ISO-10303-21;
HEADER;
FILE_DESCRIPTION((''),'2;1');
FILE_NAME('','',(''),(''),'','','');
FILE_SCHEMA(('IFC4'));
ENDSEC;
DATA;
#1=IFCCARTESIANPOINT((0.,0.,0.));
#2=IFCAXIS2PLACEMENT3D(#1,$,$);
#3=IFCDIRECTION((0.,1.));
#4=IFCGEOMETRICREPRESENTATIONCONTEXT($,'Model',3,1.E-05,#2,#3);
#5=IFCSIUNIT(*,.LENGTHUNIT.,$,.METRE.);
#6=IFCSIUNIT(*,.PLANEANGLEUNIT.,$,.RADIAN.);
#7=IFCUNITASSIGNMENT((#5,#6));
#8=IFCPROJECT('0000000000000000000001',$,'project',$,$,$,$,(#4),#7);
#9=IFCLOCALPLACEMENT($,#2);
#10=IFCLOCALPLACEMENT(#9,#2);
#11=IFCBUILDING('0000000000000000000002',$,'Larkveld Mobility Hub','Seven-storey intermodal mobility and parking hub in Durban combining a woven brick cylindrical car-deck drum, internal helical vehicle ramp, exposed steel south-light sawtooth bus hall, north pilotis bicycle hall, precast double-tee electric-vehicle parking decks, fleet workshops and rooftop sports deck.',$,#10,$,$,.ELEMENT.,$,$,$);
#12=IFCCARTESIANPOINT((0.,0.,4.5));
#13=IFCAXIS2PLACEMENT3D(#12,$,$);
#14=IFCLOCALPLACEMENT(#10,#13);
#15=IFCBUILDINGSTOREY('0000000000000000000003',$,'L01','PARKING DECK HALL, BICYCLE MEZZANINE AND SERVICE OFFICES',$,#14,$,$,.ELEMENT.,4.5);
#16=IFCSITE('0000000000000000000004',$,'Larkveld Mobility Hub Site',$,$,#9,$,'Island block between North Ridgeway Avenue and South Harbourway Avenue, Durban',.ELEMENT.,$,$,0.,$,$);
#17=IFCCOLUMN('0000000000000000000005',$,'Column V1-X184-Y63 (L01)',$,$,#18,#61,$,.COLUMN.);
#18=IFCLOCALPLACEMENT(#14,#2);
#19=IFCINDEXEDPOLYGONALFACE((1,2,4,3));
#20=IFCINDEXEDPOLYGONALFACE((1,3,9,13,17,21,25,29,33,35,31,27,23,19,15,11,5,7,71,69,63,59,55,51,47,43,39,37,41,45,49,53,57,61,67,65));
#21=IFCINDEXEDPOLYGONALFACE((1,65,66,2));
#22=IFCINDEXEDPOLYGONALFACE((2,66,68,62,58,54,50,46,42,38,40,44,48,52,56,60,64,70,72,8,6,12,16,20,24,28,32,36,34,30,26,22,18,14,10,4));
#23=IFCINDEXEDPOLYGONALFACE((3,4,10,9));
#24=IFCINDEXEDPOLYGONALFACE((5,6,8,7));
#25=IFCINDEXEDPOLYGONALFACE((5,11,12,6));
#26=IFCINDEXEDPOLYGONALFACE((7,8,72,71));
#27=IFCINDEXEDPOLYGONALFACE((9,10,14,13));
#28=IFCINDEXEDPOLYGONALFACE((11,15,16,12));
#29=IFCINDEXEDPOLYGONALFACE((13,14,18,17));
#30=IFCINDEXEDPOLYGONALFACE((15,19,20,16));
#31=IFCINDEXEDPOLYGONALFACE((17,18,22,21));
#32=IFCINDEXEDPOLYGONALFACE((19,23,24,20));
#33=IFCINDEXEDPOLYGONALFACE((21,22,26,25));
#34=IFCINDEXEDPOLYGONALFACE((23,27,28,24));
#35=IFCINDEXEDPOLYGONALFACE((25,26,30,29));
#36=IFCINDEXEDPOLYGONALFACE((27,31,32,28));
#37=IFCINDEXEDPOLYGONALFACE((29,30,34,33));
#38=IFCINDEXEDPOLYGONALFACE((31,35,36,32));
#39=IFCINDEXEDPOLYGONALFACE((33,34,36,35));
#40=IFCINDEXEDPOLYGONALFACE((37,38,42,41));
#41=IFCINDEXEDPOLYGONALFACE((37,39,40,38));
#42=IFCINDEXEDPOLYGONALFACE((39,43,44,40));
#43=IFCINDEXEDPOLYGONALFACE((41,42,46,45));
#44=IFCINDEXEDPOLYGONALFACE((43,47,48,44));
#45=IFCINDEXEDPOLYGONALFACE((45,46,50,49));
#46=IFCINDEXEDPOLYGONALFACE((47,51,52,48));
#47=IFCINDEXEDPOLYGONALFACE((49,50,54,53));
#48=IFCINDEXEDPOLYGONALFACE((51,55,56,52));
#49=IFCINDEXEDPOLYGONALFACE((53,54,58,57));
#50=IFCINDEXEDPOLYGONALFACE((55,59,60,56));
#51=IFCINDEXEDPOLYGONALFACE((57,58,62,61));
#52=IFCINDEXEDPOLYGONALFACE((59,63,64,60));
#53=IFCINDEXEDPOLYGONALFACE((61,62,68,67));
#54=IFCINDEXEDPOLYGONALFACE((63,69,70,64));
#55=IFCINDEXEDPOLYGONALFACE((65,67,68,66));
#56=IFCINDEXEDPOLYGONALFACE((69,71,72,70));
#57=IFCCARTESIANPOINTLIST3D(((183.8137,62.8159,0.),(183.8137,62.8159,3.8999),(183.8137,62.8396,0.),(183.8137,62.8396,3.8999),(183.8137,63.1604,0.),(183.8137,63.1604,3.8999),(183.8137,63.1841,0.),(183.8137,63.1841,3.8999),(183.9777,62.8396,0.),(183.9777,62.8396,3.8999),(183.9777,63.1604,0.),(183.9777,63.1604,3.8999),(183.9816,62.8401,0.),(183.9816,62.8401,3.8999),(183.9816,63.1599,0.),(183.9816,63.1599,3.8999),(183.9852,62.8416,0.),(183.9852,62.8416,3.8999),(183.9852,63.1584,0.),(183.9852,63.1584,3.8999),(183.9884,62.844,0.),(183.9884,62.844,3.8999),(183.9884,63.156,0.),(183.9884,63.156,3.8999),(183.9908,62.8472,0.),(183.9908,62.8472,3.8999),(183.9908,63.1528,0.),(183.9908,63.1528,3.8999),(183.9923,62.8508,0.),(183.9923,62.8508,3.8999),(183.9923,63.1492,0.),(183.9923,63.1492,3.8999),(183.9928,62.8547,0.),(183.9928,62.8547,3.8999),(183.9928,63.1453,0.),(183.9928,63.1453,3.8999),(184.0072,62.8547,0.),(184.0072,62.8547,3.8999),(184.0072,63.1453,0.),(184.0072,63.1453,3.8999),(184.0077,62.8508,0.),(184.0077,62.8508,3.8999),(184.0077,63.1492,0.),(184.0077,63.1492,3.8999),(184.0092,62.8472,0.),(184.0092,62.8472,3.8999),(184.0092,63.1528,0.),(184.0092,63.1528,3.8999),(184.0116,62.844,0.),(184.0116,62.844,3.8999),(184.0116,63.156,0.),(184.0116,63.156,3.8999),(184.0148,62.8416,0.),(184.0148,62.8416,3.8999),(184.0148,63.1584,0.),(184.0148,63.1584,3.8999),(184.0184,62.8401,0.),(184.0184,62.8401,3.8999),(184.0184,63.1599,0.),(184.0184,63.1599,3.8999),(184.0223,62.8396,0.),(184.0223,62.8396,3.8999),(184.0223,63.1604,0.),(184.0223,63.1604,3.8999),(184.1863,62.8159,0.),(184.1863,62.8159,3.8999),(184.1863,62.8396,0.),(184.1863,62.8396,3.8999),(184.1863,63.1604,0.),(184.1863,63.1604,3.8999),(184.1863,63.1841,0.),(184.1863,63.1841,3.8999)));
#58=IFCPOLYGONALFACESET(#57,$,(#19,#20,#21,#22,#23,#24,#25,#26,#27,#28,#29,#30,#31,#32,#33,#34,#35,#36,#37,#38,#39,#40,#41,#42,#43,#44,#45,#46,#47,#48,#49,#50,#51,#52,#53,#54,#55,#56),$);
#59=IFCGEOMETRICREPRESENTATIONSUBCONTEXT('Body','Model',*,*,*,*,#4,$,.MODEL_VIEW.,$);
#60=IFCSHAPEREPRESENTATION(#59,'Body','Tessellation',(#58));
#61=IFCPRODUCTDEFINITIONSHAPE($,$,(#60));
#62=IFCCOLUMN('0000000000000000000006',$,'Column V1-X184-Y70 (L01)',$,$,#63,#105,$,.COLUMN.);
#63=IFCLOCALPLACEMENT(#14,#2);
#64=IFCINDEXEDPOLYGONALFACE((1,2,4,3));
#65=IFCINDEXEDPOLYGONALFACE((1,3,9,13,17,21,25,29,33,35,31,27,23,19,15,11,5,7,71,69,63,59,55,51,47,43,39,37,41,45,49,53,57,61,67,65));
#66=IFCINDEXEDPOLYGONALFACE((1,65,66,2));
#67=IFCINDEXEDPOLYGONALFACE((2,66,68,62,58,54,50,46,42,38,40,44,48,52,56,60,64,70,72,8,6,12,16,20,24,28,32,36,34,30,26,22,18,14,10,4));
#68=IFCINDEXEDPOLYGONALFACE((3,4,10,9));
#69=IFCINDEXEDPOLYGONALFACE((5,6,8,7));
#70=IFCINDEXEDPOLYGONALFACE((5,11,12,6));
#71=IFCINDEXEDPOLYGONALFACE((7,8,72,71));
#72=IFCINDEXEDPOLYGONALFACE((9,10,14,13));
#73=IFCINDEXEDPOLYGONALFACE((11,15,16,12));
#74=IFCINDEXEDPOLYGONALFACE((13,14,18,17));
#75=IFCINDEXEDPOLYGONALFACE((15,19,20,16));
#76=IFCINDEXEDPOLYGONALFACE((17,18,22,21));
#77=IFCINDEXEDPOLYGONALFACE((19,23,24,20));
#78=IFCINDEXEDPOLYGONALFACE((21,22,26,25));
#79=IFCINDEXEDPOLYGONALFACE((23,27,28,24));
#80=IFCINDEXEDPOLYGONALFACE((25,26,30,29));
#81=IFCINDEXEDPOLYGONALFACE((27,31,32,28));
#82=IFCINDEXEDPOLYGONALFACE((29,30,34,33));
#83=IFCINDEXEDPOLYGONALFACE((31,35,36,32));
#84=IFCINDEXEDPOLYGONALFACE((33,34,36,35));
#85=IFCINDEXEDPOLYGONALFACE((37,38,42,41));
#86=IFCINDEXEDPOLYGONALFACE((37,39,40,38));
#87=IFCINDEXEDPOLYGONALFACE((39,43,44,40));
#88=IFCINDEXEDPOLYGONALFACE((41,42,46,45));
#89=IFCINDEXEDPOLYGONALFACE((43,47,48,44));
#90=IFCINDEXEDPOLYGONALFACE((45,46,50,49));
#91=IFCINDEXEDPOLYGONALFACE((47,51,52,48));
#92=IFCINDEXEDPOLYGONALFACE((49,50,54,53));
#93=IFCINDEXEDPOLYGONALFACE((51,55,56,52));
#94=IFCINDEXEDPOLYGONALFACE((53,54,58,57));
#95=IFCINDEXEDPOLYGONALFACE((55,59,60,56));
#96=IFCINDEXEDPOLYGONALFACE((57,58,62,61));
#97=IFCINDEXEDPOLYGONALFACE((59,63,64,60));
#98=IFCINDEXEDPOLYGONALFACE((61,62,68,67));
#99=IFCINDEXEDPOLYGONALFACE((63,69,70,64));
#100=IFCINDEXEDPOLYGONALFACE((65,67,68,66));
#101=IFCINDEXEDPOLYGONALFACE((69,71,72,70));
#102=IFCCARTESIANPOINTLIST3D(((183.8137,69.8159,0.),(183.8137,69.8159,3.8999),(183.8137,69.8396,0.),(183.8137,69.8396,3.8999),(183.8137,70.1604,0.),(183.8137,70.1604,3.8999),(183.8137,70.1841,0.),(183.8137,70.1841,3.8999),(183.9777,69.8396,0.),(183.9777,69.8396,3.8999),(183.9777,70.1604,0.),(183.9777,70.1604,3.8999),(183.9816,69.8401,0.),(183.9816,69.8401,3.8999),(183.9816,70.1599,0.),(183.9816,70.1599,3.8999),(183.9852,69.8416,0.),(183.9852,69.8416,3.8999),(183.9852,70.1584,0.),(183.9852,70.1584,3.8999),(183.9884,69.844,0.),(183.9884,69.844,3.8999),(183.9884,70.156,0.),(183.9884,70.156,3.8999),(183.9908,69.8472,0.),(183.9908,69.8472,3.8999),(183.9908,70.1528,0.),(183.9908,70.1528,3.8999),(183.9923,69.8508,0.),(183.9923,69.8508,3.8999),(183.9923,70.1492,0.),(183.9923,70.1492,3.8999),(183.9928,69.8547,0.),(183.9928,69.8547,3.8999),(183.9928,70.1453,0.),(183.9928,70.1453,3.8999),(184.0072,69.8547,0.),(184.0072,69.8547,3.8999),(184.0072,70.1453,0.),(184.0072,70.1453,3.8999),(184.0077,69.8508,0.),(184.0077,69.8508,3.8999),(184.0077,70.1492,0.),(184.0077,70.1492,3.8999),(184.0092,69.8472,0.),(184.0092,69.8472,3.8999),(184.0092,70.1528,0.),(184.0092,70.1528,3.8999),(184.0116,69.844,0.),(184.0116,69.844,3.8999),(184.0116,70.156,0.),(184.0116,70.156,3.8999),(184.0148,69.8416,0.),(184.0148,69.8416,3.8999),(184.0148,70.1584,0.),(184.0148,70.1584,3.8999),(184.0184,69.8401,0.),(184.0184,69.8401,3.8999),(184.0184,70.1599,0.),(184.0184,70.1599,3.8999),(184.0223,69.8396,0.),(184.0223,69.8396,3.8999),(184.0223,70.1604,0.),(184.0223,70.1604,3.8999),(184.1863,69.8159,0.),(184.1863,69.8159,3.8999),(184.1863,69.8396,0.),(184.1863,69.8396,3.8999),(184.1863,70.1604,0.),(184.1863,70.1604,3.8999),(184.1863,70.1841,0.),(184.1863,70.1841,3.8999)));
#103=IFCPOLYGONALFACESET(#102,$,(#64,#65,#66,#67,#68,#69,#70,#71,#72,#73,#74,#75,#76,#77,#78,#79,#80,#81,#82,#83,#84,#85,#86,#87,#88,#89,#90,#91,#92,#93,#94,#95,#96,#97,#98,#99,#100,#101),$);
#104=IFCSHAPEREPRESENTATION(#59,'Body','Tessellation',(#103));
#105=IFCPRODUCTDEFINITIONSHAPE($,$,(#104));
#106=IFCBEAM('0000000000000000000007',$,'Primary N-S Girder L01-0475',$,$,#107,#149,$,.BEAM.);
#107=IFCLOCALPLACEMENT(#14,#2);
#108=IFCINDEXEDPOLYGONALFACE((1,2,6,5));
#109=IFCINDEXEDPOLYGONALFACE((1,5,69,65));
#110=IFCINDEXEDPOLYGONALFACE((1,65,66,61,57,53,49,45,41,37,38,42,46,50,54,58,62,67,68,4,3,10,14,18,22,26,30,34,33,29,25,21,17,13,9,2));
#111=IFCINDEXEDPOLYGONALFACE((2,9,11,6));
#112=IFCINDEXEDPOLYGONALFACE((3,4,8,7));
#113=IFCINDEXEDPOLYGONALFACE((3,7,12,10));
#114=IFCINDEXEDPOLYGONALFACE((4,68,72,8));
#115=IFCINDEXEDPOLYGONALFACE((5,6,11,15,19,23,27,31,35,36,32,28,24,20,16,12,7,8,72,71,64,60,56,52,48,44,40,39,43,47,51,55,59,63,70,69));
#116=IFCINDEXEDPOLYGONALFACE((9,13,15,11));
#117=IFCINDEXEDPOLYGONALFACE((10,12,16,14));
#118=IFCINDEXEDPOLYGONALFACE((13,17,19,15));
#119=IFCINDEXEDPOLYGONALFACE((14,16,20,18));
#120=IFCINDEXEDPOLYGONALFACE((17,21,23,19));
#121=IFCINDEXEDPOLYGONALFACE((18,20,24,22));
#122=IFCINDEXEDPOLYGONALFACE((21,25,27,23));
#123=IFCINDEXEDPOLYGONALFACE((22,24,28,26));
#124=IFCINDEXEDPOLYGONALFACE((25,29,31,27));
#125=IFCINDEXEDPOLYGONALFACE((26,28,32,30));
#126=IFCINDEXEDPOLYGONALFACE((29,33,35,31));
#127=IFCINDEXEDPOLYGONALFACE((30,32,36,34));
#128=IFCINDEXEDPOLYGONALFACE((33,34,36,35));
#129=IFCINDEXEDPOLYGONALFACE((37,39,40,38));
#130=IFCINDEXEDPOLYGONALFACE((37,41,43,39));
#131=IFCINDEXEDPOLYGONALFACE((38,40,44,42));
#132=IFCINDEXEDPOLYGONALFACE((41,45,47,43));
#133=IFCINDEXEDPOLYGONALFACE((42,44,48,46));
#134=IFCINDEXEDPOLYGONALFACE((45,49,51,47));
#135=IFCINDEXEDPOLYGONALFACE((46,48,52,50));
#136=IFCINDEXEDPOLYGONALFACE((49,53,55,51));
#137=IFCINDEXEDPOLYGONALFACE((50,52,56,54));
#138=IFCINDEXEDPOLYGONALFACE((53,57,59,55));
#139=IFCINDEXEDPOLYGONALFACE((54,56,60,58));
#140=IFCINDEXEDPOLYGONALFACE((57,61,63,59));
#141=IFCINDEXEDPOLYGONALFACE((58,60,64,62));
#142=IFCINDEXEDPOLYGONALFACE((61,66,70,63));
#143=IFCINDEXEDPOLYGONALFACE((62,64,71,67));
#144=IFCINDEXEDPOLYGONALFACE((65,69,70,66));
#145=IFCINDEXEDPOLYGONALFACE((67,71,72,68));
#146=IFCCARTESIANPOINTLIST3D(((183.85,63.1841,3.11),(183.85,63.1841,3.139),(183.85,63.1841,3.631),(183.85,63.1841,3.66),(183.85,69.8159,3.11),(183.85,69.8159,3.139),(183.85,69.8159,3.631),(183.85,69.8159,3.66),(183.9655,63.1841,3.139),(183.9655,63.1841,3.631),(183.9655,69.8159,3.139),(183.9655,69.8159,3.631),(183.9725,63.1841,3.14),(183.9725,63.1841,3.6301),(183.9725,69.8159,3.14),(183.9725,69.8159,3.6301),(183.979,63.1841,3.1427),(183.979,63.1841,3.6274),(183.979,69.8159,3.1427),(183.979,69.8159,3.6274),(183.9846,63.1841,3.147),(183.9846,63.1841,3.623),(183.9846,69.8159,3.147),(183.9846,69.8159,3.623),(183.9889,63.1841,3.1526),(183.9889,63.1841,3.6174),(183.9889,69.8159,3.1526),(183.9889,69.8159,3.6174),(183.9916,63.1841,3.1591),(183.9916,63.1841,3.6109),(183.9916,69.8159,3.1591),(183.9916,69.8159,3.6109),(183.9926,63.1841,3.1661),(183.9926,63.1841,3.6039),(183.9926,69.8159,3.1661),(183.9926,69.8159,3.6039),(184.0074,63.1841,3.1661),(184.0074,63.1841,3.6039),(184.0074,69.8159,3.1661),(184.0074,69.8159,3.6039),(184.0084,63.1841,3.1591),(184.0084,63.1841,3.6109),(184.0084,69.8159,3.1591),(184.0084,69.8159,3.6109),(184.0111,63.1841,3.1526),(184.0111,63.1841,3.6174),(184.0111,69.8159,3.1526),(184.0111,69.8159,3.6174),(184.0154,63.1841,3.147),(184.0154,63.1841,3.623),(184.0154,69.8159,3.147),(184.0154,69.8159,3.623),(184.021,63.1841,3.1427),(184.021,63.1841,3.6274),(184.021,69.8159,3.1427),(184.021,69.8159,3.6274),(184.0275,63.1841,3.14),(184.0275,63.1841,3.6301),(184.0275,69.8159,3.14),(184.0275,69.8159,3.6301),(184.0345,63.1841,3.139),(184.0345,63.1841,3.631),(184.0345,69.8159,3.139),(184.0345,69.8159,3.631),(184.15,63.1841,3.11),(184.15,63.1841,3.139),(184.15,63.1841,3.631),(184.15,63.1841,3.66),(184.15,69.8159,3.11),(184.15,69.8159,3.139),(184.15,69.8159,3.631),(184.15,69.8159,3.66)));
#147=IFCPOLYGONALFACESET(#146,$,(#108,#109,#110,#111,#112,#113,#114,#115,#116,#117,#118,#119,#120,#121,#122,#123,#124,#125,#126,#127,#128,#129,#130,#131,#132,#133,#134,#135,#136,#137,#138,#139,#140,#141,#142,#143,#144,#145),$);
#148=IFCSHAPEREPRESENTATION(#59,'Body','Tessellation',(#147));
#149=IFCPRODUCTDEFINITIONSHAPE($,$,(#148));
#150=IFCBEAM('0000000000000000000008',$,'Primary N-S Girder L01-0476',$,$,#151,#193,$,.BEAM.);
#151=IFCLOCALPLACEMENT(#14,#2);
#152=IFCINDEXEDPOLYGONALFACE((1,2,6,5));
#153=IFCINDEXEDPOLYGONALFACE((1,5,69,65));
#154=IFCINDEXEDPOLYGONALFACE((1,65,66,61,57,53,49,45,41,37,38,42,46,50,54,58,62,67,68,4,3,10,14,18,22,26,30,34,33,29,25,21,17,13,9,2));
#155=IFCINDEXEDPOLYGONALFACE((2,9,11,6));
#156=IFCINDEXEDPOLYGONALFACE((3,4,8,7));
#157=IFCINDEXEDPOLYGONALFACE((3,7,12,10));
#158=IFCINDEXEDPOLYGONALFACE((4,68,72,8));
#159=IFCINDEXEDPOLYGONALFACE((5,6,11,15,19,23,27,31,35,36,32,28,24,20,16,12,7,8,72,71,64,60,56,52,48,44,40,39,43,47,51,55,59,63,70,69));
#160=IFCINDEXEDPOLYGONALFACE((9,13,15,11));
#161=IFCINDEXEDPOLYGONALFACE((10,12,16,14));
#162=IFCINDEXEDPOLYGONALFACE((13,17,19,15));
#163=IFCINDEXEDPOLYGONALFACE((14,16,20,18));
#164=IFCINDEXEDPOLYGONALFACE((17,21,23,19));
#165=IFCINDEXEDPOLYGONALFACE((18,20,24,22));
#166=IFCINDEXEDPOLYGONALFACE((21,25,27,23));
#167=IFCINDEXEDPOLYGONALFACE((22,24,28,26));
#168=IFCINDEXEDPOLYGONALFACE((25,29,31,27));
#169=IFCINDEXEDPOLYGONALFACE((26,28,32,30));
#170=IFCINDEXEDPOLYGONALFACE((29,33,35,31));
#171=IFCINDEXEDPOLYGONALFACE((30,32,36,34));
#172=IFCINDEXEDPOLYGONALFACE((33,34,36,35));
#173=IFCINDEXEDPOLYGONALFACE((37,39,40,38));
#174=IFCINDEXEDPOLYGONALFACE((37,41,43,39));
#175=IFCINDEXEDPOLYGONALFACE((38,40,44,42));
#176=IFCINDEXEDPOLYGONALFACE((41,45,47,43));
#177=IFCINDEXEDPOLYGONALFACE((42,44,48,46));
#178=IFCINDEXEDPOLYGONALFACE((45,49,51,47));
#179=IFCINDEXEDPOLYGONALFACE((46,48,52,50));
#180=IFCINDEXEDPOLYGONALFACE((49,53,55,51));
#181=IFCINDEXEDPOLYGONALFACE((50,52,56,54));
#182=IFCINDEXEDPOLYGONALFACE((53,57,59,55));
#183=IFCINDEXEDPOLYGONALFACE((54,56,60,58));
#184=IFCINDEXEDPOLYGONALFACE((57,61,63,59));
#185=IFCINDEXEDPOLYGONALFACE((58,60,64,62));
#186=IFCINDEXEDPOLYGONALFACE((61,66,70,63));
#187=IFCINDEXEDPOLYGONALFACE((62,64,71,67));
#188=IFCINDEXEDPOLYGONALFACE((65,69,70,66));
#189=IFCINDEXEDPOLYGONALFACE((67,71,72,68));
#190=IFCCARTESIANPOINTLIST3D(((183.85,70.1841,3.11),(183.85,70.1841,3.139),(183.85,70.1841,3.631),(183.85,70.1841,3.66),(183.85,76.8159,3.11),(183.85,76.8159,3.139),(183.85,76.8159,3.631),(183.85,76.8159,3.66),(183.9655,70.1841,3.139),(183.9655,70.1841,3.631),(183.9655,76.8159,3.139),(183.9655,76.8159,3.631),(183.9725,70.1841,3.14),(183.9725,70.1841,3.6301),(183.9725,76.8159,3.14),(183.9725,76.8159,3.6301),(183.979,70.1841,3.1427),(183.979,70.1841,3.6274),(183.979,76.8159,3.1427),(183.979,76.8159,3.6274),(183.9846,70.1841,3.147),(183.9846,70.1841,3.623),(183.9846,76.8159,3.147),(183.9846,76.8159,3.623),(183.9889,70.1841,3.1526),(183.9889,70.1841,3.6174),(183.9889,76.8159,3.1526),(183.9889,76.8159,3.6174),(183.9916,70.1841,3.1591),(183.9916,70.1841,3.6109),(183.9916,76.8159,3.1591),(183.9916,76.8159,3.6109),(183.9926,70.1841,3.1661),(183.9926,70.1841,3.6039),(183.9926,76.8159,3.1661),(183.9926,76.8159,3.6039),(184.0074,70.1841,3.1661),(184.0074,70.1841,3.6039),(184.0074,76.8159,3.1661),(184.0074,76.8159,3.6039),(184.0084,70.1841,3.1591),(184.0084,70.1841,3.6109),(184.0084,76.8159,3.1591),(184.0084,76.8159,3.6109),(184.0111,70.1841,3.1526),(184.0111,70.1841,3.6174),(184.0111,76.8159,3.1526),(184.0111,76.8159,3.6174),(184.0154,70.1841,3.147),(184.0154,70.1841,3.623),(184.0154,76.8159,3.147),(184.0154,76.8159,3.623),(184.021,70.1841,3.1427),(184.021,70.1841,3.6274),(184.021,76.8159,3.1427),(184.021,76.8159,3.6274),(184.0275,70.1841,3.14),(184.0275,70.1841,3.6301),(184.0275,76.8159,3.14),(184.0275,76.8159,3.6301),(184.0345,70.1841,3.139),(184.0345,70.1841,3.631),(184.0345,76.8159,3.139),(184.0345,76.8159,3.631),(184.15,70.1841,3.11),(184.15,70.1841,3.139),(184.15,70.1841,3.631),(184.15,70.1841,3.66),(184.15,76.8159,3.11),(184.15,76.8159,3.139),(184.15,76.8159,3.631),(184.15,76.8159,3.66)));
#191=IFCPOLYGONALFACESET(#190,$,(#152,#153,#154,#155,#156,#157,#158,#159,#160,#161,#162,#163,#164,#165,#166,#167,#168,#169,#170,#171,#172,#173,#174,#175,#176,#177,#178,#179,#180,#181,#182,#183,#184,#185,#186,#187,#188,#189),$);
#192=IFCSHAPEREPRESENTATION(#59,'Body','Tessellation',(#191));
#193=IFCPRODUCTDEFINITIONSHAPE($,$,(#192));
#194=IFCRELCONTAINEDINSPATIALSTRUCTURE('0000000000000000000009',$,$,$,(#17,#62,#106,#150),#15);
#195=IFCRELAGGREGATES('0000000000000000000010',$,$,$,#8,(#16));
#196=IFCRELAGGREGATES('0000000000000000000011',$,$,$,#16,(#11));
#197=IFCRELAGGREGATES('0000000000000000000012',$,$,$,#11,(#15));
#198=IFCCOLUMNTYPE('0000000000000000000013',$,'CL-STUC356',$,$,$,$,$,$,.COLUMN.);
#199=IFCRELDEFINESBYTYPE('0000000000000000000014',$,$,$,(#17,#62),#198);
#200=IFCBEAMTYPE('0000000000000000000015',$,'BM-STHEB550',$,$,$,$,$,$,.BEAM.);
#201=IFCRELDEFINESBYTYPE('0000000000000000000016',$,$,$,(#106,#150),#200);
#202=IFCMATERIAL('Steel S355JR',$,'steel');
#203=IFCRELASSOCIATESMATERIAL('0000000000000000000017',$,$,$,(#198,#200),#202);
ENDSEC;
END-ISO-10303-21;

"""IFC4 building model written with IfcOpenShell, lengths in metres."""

from ifc_helpers import new_model, si_unit, direction, frame, origin, origin_2d, place, context, subcontext, project, spatial, i_section, extrude, material, material_profile, profile_set, type_object, element, save


model = new_model("IFC4")

# Units and contexts
model_context = context("Model", 3, precision=1e-05, world=origin(), true_north=direction((0.0, 1.0)))
body_context = subcontext(model_context, "Body", "Model", "MODEL_VIEW")
ifc_project = project(units=[si_unit("LENGTHUNIT", "METRE"), si_unit("PLANEANGLEUNIT", "RADIAN")], contexts=[model_context])

# Site, building, storey
site_placement = place(None, origin())
site = spatial("IfcSite", under=ifc_project, at=site_placement, Name="Larkveld Mobility Hub Site", LongName="Island block between North Ridgeway Avenue and South Harbourway Avenue, Durban", CompositionType="ELEMENT", RefElevation=0.0)
building_placement = place(site_placement, origin())
building = spatial("IfcBuilding", under=site, at=building_placement, Name="Larkveld Mobility Hub", Description="Seven-storey intermodal mobility and parking hub in Durban combining a woven brick cylindrical car-deck drum, internal helical vehicle ramp, exposed steel south-light sawtooth bus hall, north pilotis bicycle hall, precast double-tee electric-vehicle parking decks, fleet workshops and rooftop sports deck.", CompositionType="ELEMENT")
storey_placement = place(building_placement, frame((0.0, 0.0, 4.5)))
storey = spatial("IfcBuildingStorey", under=building, at=storey_placement, Name="L01", Description="PARKING DECK HALL, BICYCLE MEZZANINE AND SERVICE OFFICES", CompositionType="ELEMENT", Elevation=4.5)

# Columns
ifc_material_1 = material(Name="Steel S355JR", Category="steel")
ifc_material_profile_1 = material_profile(ifc_material_1, i_section(OverallWidth=0.3726, OverallDepth=0.3682, WebThickness=0.0144, FlangeThickness=0.0237, FilletRadius=0.0151, at=origin_2d()), Name="UC 356x368x177")
ifc_profile_set_1 = profile_set([ifc_material_profile_1], Name="Steel S355JR")
column_type = type_object("IfcColumnType", Name="CL-STUC356", PredefinedType="COLUMN", material=ifc_profile_set_1)
for number, where, z_axis, x_axis, name in (
    (1, (184.0, 63.0, 0.0), (0.0, 0.0, 1.0), (1.0, 0.0, 0.0), "Column V1-X184-Y63 (L01)"),
    (2, (184.0, 70.0, 0.0), (0.0, 0.0, 1.0), (1.0, 0.0, 0.0), "Column V1-X184-Y70 (L01)"),
):
    element("IfcColumn", number, at=place(storey_placement, frame(where, z_axis=z_axis, x_axis=x_axis)), inside=storey, type_object=column_type, Name=name, PredefinedType="COLUMN", context=body_context, shape_type="SweptSolid", body=[
        extrude(i_section(OverallWidth=0.3726, OverallDepth=0.3682, WebThickness=0.0144, FlangeThickness=0.0237, FilletRadius=0.0151, at=origin_2d()), origin(), (0.0, 0.0, 1.0), 3.8999),
    ])

# Beams
ifc_material_profile_2 = material_profile(ifc_material_1, i_section(OverallWidth=0.3, OverallDepth=0.55, WebThickness=0.0149, FlangeThickness=0.0291, FilletRadius=0.0271, at=origin_2d()), Name="HEB 550")
ifc_profile_set_2 = profile_set([ifc_material_profile_2], Name="Steel S355JR")
beam_type = type_object("IfcBeamType", Name="BM-STHEB550", PredefinedType="BEAM", material=ifc_profile_set_2)
for number, where, z_axis, x_axis, name in (
    (3, (184.0, 63.1841, 3.385), (0.0, 1.0, 0.0), (-1.0, 0.0, 0.0), "Primary N-S Girder L01-0475"),
    (4, (184.0, 70.1841, 3.385), (0.0, 1.0, 0.0), (-1.0, 0.0, 0.0), "Primary N-S Girder L01-0476"),
):
    element("IfcBeam", number, at=place(storey_placement, frame(where, z_axis=z_axis, x_axis=x_axis)), inside=storey, type_object=beam_type, Name=name, PredefinedType="BEAM", context=body_context, shape_type="SweptSolid", body=[
        extrude(i_section(OverallWidth=0.3, OverallDepth=0.55, WebThickness=0.0149, FlangeThickness=0.0291, FilletRadius=0.0271, at=origin_2d()), origin(), (0.0, 0.0, 1.0), 6.6318),
    ])

save(model, "model.ifc")
